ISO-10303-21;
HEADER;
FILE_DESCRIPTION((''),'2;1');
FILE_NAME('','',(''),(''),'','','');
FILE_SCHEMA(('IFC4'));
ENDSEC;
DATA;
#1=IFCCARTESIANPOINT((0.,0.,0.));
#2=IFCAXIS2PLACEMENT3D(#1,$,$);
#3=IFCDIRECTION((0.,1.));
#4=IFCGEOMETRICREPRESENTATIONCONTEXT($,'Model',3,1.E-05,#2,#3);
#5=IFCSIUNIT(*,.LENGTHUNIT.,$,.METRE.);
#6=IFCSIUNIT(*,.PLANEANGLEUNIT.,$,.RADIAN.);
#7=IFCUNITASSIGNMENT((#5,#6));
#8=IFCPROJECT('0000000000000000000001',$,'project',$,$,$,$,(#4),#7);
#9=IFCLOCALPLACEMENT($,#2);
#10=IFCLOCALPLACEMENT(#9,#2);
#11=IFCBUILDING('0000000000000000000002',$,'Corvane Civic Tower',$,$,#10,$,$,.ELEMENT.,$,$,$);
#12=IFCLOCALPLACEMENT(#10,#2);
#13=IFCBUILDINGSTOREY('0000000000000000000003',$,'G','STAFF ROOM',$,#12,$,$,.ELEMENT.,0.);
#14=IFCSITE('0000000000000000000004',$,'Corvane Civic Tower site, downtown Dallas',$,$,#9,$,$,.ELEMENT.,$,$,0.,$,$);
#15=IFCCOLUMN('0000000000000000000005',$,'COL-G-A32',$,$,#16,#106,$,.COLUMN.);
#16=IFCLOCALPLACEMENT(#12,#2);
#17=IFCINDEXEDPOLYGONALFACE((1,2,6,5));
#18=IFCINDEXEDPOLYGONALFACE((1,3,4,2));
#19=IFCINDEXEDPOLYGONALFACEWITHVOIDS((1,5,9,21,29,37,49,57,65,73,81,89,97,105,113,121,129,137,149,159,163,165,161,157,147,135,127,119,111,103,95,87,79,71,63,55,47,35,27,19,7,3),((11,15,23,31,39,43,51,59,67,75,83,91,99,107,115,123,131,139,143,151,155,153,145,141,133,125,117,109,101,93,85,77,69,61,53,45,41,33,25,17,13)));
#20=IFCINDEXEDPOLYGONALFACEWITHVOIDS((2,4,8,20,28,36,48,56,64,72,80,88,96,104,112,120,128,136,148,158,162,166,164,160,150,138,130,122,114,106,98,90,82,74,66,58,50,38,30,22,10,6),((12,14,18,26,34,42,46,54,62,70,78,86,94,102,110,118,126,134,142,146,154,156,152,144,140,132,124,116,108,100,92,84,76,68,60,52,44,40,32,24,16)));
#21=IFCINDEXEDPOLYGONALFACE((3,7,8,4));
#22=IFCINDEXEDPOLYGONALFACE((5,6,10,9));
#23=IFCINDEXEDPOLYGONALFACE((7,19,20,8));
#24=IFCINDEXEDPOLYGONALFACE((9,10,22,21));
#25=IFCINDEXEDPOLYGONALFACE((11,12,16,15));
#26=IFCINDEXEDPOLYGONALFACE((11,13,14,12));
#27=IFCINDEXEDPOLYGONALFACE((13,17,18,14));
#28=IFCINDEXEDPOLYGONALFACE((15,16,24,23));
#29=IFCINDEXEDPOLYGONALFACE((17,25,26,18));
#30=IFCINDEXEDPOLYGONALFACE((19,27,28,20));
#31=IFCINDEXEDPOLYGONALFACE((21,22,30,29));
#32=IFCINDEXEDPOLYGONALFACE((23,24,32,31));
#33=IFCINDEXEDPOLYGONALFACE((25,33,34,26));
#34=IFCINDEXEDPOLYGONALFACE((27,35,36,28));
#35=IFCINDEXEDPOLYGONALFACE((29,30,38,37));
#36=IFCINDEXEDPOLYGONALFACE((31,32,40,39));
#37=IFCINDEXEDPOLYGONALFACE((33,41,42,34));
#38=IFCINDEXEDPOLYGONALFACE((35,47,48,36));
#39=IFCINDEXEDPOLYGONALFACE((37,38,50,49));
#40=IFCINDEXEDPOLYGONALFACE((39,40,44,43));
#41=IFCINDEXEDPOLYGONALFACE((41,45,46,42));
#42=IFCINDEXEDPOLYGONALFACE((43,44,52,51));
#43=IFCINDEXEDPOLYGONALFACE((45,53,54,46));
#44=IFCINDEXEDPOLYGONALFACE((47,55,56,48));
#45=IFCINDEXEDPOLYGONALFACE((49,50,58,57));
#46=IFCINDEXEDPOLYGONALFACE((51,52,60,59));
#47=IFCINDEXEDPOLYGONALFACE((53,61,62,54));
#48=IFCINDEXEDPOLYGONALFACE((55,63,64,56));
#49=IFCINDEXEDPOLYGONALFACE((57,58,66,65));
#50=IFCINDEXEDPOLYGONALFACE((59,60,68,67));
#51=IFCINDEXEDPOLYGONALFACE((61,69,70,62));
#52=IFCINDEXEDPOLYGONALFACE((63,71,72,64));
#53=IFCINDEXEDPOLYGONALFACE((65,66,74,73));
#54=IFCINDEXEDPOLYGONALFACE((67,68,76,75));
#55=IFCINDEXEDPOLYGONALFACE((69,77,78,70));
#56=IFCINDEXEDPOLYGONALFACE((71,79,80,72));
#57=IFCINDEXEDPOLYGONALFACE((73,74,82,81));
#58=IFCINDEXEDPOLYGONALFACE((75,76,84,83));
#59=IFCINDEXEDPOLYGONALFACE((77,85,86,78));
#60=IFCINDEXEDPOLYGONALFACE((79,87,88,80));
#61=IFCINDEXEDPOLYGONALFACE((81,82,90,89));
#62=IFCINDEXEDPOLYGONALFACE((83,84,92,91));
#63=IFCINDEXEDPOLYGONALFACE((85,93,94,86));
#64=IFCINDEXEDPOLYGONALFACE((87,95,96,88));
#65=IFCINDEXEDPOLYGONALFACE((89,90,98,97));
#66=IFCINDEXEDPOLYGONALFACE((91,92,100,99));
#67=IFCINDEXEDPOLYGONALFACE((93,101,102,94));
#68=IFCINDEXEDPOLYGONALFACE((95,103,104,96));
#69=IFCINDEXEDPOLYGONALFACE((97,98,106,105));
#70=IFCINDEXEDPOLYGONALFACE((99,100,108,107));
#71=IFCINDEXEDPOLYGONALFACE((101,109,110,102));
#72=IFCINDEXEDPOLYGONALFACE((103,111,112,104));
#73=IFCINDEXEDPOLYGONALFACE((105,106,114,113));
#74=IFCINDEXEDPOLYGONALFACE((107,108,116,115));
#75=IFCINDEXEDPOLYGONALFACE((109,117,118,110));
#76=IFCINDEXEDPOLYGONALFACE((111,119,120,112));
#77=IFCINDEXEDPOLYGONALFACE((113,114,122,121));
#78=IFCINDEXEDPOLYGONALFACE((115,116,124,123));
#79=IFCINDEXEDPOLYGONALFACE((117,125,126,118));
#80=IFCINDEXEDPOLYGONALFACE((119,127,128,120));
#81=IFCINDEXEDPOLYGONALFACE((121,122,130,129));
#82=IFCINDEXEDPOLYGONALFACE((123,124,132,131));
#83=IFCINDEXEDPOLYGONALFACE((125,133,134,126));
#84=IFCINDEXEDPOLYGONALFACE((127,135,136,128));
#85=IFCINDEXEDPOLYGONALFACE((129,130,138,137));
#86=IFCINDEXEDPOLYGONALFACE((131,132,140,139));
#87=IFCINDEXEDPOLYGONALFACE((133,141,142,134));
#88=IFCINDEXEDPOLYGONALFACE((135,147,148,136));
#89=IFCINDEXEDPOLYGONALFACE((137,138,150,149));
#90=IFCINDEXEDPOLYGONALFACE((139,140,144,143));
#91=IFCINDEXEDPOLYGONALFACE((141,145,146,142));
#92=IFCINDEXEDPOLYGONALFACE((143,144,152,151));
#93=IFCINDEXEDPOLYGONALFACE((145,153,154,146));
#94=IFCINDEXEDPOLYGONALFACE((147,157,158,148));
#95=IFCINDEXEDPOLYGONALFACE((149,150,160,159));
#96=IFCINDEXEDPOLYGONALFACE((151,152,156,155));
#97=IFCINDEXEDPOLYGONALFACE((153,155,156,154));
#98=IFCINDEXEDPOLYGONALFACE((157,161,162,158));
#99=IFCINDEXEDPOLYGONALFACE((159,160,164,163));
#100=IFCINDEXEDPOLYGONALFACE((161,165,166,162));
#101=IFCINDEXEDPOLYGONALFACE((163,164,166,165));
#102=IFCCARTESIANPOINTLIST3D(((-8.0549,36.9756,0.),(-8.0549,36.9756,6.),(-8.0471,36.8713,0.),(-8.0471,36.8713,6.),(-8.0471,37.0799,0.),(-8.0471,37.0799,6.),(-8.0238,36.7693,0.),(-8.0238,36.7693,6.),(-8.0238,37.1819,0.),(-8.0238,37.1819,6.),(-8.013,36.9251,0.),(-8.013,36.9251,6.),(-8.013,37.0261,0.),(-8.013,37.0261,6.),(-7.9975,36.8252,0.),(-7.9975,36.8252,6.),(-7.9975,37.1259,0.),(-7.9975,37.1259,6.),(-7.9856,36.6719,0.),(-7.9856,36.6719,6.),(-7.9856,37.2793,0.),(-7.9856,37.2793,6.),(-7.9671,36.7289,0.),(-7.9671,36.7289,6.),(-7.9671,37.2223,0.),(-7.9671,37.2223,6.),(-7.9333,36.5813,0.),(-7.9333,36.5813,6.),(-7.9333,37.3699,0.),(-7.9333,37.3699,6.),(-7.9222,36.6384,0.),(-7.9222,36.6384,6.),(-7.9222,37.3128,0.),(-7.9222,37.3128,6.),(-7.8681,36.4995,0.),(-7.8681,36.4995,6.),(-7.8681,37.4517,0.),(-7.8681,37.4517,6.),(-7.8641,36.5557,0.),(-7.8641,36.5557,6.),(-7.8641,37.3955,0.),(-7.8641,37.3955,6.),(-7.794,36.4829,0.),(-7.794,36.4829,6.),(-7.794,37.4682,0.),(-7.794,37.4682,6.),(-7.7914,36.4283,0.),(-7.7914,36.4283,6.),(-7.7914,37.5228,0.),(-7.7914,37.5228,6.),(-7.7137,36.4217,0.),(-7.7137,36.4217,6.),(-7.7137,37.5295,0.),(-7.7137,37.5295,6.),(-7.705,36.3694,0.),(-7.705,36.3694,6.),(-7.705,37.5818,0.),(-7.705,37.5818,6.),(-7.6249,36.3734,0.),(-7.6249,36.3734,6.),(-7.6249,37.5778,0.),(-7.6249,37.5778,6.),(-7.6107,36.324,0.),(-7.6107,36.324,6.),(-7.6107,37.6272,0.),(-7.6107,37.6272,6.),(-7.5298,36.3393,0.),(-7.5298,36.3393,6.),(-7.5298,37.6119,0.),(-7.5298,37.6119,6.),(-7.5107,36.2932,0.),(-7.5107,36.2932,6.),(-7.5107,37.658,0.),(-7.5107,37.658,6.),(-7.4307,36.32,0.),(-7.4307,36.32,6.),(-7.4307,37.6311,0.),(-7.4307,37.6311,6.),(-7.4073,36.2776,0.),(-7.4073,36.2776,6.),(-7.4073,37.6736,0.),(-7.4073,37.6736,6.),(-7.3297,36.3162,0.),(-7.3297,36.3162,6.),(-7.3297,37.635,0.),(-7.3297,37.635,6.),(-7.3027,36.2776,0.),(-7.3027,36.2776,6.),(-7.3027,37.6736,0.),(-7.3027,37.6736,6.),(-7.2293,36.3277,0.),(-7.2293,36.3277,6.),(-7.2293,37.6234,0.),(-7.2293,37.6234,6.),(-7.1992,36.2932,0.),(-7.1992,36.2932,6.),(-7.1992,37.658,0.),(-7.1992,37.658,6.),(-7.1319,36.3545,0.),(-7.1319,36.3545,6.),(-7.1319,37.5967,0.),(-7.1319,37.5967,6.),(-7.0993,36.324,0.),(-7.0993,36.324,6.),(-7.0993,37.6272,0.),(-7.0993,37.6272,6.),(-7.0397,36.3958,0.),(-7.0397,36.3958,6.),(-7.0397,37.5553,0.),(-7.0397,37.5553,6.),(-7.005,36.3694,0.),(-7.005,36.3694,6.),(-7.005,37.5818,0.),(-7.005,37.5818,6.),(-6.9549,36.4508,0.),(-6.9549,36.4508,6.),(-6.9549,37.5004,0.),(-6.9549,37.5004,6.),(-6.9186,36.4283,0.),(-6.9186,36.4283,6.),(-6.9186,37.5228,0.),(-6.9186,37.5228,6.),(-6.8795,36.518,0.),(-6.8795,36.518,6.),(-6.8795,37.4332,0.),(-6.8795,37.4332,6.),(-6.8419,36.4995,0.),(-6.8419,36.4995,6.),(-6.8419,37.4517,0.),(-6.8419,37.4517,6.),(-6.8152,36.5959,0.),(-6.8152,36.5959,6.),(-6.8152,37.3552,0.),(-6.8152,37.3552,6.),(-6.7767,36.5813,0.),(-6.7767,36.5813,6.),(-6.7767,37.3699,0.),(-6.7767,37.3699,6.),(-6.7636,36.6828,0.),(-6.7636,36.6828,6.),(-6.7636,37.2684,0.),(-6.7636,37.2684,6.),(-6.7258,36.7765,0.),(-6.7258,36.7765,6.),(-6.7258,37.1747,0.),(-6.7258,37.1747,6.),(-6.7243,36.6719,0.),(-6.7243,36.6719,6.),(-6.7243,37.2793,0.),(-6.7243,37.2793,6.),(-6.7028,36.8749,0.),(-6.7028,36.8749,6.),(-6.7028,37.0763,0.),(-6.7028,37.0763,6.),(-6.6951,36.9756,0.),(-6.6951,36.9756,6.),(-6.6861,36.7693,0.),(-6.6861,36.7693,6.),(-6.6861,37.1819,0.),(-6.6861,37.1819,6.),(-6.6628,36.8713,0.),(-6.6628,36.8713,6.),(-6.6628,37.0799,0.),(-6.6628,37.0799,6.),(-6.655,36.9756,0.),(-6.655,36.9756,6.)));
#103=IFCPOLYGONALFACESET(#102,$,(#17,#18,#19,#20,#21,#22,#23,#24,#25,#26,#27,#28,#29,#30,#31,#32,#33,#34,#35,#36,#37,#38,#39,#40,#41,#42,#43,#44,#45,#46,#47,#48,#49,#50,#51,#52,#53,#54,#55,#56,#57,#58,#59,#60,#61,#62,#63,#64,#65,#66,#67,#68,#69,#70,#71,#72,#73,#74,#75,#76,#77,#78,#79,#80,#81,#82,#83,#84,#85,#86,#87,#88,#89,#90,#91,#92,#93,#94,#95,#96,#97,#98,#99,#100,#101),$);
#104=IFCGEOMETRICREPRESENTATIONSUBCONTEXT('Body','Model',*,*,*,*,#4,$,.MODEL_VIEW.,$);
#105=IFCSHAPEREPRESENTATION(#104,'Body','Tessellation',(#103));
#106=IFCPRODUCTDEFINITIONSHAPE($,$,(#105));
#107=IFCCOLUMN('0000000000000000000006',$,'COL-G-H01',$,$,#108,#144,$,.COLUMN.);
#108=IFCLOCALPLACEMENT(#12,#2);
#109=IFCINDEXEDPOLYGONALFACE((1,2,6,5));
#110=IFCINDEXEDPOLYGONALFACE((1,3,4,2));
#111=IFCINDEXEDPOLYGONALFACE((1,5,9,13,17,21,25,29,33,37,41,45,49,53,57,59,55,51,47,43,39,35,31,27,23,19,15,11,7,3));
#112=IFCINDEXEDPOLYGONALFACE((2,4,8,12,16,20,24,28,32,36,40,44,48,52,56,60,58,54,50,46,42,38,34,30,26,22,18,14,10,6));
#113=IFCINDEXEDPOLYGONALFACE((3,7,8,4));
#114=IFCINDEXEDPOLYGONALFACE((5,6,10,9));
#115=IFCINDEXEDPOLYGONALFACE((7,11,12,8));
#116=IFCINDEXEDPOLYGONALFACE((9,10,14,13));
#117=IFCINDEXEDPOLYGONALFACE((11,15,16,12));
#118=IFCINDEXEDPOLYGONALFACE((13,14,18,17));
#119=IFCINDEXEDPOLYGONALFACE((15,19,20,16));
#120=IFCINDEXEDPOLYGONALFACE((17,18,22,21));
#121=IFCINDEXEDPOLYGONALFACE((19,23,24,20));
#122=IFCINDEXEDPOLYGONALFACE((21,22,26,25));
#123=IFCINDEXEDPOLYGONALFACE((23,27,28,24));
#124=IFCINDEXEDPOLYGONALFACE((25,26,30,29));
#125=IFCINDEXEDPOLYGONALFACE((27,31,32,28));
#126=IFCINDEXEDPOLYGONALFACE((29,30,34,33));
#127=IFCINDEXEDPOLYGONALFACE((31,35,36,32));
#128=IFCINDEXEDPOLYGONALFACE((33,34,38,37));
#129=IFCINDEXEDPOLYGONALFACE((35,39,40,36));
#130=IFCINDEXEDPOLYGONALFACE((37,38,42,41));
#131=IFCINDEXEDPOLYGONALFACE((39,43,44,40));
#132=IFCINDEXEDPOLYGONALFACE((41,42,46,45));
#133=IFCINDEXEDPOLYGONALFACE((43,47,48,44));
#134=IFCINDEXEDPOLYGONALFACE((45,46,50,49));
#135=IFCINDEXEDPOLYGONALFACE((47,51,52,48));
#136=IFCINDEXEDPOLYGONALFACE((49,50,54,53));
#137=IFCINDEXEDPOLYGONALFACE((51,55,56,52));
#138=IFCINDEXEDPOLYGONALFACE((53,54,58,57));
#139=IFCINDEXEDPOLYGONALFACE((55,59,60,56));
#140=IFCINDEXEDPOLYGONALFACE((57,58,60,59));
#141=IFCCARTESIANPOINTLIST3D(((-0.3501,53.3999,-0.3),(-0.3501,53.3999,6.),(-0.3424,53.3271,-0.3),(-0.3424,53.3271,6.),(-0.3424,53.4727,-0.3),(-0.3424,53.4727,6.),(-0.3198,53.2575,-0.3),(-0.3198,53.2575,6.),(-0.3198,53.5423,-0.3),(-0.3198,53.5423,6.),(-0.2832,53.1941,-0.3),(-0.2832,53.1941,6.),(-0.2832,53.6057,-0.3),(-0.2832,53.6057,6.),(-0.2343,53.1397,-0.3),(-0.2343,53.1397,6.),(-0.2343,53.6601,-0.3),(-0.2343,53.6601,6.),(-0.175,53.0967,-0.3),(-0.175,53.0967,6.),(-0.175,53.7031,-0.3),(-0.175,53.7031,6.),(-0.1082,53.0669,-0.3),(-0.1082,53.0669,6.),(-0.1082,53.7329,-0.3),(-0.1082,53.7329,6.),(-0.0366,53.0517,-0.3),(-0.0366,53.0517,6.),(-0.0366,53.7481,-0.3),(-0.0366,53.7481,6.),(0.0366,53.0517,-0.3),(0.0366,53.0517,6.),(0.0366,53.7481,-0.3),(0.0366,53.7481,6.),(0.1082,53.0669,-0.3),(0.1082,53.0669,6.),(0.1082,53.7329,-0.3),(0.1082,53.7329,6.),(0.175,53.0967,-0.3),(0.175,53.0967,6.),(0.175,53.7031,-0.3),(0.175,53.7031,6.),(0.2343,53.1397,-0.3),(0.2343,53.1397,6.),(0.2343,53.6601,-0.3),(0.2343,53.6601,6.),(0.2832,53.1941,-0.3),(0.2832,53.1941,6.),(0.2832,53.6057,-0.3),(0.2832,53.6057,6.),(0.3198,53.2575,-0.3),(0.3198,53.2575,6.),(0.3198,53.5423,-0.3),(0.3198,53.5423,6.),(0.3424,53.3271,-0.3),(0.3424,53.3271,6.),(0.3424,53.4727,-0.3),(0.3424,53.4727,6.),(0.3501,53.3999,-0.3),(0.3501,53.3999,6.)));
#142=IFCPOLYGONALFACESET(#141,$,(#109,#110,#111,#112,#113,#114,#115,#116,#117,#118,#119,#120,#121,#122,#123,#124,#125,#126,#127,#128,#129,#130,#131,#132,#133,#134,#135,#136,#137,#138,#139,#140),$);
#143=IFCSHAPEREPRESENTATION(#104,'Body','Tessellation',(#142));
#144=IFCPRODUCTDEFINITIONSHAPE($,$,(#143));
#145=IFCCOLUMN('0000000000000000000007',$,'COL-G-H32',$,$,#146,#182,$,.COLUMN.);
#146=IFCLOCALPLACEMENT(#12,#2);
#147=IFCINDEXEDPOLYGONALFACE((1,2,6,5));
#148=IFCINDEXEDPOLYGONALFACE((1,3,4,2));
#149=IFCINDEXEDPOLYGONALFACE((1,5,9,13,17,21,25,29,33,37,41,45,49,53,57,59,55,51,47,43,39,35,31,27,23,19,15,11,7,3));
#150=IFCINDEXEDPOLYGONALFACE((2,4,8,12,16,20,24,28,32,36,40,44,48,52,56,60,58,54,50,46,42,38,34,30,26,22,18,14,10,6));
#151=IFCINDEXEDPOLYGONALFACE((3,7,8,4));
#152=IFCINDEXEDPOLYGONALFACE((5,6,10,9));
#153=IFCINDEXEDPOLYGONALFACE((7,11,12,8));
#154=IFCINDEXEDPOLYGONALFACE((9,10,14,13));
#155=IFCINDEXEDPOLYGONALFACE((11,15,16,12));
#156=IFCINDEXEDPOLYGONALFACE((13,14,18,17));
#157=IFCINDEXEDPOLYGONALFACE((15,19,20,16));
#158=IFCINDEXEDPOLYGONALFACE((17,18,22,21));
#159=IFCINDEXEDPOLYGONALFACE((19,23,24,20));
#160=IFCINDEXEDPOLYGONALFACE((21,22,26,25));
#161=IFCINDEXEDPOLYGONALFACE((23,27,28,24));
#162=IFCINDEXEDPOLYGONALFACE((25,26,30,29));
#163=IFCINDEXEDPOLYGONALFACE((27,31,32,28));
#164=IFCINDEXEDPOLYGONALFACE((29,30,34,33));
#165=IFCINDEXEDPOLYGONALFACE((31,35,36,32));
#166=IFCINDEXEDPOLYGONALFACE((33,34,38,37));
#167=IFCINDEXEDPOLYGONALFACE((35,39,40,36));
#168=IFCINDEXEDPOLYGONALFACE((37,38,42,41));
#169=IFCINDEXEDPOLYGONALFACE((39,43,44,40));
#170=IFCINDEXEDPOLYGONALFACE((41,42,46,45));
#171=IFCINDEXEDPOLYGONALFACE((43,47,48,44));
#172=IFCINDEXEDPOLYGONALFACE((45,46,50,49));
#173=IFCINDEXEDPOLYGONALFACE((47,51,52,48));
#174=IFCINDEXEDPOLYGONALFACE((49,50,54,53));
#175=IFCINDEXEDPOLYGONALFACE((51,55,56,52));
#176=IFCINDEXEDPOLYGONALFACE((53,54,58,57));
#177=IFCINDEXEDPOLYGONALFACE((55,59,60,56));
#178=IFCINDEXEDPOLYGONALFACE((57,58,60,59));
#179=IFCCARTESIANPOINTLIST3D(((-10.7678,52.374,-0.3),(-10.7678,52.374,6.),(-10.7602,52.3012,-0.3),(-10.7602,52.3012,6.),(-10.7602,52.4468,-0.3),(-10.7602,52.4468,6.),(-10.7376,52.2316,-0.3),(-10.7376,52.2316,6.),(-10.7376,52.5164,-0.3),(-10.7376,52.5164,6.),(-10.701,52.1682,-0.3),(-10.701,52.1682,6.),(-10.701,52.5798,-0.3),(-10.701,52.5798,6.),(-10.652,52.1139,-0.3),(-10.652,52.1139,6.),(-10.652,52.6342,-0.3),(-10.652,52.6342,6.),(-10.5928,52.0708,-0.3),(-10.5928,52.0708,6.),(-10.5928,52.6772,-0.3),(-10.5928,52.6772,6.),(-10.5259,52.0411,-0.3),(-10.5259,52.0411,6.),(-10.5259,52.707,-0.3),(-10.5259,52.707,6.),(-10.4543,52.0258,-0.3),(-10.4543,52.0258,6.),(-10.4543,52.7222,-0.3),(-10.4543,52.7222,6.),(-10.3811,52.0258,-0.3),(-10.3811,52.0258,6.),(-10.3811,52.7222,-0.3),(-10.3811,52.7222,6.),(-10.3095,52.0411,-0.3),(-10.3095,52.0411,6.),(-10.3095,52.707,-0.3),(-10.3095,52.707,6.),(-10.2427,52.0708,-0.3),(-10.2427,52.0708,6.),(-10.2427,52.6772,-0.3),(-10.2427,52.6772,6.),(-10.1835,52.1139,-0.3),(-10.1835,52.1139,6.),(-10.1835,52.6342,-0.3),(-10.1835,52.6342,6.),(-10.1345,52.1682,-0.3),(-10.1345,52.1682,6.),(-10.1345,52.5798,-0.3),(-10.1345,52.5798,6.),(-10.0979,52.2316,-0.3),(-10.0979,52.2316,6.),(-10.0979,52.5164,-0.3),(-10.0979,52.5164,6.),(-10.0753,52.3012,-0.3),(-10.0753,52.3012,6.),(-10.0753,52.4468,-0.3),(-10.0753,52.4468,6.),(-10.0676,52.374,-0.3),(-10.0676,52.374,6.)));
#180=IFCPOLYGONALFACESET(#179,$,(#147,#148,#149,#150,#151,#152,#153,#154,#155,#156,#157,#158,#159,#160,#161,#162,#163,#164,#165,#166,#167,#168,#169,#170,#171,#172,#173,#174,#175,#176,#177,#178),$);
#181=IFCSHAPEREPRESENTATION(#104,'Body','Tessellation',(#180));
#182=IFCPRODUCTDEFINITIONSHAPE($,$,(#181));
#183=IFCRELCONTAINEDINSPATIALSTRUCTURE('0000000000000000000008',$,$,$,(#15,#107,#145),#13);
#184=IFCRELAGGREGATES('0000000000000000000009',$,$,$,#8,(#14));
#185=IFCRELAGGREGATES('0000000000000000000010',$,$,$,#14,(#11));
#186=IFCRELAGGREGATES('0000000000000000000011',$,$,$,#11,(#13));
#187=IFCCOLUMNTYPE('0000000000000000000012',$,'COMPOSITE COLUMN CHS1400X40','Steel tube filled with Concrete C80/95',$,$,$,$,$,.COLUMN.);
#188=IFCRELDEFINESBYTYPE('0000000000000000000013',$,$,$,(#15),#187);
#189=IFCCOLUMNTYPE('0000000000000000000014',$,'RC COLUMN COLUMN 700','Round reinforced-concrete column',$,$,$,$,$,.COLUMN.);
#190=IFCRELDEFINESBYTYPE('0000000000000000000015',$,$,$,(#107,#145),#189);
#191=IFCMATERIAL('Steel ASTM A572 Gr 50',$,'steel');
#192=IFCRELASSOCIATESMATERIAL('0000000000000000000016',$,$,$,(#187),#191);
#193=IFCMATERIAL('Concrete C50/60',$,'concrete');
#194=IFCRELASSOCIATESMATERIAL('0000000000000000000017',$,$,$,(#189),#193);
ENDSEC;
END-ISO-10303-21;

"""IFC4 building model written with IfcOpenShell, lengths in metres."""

from ifc_helpers import new_model, si_unit, direction, frame, origin, origin_2d, place, context, subcontext, project, spatial, circle, hollow_circle, extrude, material, material_profile, profile_set, type_object, element, save


model = new_model("IFC4")

# Units and contexts
model_context = context("Model", 3, precision=1e-05, world=origin(), true_north=direction((0.0, 1.0)))
body_context = subcontext(model_context, "Body", "Model", "MODEL_VIEW")
ifc_project = project(units=[si_unit("LENGTHUNIT", "METRE"), si_unit("PLANEANGLEUNIT", "RADIAN")], contexts=[model_context])

# Site, building, storey
site_placement = place(None, origin())
site = spatial("IfcSite", under=ifc_project, at=site_placement, Name="Corvane Civic Tower site, downtown Dallas", CompositionType="ELEMENT", RefElevation=0.0)
building_placement = place(site_placement, origin())
building = spatial("IfcBuilding", under=site, at=building_placement, Name="Corvane Civic Tower", CompositionType="ELEMENT")
storey_placement = place(building_placement, origin())
storey = spatial("IfcBuildingStorey", under=building, at=storey_placement, Name="G", Description="STAFF ROOM", CompositionType="ELEMENT", Elevation=0.0)

# Columns
ifc_material_1 = material(Name="Steel ASTM A572 Gr 50", Category="steel")
ifc_material_profile_1 = material_profile(ifc_material_1, hollow_circle(Radius=0.7, WallThickness=0.04, at=origin_2d()), Name="CHS1400X40")
ifc_profile_set_1 = profile_set([ifc_material_profile_1], Name="Steel ASTM A572 Gr 50")
column_type_1 = type_object("IfcColumnType", Name="COMPOSITE COLUMN CHS1400X40", Description="Steel tube filled with Concrete C80/95", PredefinedType="COLUMN", material=ifc_profile_set_1)
for number, where, z_axis, x_axis, name in (
    (1, (-7.355, 36.9756, 0.0), (0.0, 0.0, 1.0), (1.0, 0.0, 0.0), "COL-G-A32"),
):
    element("IfcColumn", number, at=place(storey_placement, frame(where, z_axis=z_axis, x_axis=x_axis)), inside=storey, type_object=column_type_1, Name=name, PredefinedType="COLUMN", context=body_context, shape_type="SweptSolid", body=[
        extrude(hollow_circle(Radius=0.7, WallThickness=0.04, at=origin_2d()), origin(), (0.0, 0.0, 1.0), 6.0),
    ])
ifc_material_2 = material(Name="Concrete C50/60", Category="concrete")
ifc_material_profile_2 = material_profile(ifc_material_2, circle(Radius=0.3501, at=origin_2d()), Name="COLUMN 700")
ifc_profile_set_2 = profile_set([ifc_material_profile_2], Name="Concrete C50/60")
column_type_2 = type_object("IfcColumnType", Name="RC COLUMN COLUMN 700", Description="Round reinforced-concrete column", PredefinedType="COLUMN", material=ifc_profile_set_2)
for number, where, z_axis, x_axis, name in (
    (2, (0.0, 53.3999, -0.3), (0.0, 0.0, 1.0), (1.0, 0.0, 0.0), "COL-G-H01"),
    (3, (-10.4177, 52.374, -0.3), (0.0, 0.0, 1.0), (1.0, 0.0, 0.0), "COL-G-H32"),
):
    element("IfcColumn", number, at=place(storey_placement, frame(where, z_axis=z_axis, x_axis=x_axis)), inside=storey, type_object=column_type_2, Name=name, PredefinedType="COLUMN", context=body_context, shape_type="SweptSolid", body=[
        extrude(circle(Radius=0.3501, at=origin_2d()), origin(), (0.0, 0.0, 1.0), 6.3),
    ])

save(model, "model.ifc")
